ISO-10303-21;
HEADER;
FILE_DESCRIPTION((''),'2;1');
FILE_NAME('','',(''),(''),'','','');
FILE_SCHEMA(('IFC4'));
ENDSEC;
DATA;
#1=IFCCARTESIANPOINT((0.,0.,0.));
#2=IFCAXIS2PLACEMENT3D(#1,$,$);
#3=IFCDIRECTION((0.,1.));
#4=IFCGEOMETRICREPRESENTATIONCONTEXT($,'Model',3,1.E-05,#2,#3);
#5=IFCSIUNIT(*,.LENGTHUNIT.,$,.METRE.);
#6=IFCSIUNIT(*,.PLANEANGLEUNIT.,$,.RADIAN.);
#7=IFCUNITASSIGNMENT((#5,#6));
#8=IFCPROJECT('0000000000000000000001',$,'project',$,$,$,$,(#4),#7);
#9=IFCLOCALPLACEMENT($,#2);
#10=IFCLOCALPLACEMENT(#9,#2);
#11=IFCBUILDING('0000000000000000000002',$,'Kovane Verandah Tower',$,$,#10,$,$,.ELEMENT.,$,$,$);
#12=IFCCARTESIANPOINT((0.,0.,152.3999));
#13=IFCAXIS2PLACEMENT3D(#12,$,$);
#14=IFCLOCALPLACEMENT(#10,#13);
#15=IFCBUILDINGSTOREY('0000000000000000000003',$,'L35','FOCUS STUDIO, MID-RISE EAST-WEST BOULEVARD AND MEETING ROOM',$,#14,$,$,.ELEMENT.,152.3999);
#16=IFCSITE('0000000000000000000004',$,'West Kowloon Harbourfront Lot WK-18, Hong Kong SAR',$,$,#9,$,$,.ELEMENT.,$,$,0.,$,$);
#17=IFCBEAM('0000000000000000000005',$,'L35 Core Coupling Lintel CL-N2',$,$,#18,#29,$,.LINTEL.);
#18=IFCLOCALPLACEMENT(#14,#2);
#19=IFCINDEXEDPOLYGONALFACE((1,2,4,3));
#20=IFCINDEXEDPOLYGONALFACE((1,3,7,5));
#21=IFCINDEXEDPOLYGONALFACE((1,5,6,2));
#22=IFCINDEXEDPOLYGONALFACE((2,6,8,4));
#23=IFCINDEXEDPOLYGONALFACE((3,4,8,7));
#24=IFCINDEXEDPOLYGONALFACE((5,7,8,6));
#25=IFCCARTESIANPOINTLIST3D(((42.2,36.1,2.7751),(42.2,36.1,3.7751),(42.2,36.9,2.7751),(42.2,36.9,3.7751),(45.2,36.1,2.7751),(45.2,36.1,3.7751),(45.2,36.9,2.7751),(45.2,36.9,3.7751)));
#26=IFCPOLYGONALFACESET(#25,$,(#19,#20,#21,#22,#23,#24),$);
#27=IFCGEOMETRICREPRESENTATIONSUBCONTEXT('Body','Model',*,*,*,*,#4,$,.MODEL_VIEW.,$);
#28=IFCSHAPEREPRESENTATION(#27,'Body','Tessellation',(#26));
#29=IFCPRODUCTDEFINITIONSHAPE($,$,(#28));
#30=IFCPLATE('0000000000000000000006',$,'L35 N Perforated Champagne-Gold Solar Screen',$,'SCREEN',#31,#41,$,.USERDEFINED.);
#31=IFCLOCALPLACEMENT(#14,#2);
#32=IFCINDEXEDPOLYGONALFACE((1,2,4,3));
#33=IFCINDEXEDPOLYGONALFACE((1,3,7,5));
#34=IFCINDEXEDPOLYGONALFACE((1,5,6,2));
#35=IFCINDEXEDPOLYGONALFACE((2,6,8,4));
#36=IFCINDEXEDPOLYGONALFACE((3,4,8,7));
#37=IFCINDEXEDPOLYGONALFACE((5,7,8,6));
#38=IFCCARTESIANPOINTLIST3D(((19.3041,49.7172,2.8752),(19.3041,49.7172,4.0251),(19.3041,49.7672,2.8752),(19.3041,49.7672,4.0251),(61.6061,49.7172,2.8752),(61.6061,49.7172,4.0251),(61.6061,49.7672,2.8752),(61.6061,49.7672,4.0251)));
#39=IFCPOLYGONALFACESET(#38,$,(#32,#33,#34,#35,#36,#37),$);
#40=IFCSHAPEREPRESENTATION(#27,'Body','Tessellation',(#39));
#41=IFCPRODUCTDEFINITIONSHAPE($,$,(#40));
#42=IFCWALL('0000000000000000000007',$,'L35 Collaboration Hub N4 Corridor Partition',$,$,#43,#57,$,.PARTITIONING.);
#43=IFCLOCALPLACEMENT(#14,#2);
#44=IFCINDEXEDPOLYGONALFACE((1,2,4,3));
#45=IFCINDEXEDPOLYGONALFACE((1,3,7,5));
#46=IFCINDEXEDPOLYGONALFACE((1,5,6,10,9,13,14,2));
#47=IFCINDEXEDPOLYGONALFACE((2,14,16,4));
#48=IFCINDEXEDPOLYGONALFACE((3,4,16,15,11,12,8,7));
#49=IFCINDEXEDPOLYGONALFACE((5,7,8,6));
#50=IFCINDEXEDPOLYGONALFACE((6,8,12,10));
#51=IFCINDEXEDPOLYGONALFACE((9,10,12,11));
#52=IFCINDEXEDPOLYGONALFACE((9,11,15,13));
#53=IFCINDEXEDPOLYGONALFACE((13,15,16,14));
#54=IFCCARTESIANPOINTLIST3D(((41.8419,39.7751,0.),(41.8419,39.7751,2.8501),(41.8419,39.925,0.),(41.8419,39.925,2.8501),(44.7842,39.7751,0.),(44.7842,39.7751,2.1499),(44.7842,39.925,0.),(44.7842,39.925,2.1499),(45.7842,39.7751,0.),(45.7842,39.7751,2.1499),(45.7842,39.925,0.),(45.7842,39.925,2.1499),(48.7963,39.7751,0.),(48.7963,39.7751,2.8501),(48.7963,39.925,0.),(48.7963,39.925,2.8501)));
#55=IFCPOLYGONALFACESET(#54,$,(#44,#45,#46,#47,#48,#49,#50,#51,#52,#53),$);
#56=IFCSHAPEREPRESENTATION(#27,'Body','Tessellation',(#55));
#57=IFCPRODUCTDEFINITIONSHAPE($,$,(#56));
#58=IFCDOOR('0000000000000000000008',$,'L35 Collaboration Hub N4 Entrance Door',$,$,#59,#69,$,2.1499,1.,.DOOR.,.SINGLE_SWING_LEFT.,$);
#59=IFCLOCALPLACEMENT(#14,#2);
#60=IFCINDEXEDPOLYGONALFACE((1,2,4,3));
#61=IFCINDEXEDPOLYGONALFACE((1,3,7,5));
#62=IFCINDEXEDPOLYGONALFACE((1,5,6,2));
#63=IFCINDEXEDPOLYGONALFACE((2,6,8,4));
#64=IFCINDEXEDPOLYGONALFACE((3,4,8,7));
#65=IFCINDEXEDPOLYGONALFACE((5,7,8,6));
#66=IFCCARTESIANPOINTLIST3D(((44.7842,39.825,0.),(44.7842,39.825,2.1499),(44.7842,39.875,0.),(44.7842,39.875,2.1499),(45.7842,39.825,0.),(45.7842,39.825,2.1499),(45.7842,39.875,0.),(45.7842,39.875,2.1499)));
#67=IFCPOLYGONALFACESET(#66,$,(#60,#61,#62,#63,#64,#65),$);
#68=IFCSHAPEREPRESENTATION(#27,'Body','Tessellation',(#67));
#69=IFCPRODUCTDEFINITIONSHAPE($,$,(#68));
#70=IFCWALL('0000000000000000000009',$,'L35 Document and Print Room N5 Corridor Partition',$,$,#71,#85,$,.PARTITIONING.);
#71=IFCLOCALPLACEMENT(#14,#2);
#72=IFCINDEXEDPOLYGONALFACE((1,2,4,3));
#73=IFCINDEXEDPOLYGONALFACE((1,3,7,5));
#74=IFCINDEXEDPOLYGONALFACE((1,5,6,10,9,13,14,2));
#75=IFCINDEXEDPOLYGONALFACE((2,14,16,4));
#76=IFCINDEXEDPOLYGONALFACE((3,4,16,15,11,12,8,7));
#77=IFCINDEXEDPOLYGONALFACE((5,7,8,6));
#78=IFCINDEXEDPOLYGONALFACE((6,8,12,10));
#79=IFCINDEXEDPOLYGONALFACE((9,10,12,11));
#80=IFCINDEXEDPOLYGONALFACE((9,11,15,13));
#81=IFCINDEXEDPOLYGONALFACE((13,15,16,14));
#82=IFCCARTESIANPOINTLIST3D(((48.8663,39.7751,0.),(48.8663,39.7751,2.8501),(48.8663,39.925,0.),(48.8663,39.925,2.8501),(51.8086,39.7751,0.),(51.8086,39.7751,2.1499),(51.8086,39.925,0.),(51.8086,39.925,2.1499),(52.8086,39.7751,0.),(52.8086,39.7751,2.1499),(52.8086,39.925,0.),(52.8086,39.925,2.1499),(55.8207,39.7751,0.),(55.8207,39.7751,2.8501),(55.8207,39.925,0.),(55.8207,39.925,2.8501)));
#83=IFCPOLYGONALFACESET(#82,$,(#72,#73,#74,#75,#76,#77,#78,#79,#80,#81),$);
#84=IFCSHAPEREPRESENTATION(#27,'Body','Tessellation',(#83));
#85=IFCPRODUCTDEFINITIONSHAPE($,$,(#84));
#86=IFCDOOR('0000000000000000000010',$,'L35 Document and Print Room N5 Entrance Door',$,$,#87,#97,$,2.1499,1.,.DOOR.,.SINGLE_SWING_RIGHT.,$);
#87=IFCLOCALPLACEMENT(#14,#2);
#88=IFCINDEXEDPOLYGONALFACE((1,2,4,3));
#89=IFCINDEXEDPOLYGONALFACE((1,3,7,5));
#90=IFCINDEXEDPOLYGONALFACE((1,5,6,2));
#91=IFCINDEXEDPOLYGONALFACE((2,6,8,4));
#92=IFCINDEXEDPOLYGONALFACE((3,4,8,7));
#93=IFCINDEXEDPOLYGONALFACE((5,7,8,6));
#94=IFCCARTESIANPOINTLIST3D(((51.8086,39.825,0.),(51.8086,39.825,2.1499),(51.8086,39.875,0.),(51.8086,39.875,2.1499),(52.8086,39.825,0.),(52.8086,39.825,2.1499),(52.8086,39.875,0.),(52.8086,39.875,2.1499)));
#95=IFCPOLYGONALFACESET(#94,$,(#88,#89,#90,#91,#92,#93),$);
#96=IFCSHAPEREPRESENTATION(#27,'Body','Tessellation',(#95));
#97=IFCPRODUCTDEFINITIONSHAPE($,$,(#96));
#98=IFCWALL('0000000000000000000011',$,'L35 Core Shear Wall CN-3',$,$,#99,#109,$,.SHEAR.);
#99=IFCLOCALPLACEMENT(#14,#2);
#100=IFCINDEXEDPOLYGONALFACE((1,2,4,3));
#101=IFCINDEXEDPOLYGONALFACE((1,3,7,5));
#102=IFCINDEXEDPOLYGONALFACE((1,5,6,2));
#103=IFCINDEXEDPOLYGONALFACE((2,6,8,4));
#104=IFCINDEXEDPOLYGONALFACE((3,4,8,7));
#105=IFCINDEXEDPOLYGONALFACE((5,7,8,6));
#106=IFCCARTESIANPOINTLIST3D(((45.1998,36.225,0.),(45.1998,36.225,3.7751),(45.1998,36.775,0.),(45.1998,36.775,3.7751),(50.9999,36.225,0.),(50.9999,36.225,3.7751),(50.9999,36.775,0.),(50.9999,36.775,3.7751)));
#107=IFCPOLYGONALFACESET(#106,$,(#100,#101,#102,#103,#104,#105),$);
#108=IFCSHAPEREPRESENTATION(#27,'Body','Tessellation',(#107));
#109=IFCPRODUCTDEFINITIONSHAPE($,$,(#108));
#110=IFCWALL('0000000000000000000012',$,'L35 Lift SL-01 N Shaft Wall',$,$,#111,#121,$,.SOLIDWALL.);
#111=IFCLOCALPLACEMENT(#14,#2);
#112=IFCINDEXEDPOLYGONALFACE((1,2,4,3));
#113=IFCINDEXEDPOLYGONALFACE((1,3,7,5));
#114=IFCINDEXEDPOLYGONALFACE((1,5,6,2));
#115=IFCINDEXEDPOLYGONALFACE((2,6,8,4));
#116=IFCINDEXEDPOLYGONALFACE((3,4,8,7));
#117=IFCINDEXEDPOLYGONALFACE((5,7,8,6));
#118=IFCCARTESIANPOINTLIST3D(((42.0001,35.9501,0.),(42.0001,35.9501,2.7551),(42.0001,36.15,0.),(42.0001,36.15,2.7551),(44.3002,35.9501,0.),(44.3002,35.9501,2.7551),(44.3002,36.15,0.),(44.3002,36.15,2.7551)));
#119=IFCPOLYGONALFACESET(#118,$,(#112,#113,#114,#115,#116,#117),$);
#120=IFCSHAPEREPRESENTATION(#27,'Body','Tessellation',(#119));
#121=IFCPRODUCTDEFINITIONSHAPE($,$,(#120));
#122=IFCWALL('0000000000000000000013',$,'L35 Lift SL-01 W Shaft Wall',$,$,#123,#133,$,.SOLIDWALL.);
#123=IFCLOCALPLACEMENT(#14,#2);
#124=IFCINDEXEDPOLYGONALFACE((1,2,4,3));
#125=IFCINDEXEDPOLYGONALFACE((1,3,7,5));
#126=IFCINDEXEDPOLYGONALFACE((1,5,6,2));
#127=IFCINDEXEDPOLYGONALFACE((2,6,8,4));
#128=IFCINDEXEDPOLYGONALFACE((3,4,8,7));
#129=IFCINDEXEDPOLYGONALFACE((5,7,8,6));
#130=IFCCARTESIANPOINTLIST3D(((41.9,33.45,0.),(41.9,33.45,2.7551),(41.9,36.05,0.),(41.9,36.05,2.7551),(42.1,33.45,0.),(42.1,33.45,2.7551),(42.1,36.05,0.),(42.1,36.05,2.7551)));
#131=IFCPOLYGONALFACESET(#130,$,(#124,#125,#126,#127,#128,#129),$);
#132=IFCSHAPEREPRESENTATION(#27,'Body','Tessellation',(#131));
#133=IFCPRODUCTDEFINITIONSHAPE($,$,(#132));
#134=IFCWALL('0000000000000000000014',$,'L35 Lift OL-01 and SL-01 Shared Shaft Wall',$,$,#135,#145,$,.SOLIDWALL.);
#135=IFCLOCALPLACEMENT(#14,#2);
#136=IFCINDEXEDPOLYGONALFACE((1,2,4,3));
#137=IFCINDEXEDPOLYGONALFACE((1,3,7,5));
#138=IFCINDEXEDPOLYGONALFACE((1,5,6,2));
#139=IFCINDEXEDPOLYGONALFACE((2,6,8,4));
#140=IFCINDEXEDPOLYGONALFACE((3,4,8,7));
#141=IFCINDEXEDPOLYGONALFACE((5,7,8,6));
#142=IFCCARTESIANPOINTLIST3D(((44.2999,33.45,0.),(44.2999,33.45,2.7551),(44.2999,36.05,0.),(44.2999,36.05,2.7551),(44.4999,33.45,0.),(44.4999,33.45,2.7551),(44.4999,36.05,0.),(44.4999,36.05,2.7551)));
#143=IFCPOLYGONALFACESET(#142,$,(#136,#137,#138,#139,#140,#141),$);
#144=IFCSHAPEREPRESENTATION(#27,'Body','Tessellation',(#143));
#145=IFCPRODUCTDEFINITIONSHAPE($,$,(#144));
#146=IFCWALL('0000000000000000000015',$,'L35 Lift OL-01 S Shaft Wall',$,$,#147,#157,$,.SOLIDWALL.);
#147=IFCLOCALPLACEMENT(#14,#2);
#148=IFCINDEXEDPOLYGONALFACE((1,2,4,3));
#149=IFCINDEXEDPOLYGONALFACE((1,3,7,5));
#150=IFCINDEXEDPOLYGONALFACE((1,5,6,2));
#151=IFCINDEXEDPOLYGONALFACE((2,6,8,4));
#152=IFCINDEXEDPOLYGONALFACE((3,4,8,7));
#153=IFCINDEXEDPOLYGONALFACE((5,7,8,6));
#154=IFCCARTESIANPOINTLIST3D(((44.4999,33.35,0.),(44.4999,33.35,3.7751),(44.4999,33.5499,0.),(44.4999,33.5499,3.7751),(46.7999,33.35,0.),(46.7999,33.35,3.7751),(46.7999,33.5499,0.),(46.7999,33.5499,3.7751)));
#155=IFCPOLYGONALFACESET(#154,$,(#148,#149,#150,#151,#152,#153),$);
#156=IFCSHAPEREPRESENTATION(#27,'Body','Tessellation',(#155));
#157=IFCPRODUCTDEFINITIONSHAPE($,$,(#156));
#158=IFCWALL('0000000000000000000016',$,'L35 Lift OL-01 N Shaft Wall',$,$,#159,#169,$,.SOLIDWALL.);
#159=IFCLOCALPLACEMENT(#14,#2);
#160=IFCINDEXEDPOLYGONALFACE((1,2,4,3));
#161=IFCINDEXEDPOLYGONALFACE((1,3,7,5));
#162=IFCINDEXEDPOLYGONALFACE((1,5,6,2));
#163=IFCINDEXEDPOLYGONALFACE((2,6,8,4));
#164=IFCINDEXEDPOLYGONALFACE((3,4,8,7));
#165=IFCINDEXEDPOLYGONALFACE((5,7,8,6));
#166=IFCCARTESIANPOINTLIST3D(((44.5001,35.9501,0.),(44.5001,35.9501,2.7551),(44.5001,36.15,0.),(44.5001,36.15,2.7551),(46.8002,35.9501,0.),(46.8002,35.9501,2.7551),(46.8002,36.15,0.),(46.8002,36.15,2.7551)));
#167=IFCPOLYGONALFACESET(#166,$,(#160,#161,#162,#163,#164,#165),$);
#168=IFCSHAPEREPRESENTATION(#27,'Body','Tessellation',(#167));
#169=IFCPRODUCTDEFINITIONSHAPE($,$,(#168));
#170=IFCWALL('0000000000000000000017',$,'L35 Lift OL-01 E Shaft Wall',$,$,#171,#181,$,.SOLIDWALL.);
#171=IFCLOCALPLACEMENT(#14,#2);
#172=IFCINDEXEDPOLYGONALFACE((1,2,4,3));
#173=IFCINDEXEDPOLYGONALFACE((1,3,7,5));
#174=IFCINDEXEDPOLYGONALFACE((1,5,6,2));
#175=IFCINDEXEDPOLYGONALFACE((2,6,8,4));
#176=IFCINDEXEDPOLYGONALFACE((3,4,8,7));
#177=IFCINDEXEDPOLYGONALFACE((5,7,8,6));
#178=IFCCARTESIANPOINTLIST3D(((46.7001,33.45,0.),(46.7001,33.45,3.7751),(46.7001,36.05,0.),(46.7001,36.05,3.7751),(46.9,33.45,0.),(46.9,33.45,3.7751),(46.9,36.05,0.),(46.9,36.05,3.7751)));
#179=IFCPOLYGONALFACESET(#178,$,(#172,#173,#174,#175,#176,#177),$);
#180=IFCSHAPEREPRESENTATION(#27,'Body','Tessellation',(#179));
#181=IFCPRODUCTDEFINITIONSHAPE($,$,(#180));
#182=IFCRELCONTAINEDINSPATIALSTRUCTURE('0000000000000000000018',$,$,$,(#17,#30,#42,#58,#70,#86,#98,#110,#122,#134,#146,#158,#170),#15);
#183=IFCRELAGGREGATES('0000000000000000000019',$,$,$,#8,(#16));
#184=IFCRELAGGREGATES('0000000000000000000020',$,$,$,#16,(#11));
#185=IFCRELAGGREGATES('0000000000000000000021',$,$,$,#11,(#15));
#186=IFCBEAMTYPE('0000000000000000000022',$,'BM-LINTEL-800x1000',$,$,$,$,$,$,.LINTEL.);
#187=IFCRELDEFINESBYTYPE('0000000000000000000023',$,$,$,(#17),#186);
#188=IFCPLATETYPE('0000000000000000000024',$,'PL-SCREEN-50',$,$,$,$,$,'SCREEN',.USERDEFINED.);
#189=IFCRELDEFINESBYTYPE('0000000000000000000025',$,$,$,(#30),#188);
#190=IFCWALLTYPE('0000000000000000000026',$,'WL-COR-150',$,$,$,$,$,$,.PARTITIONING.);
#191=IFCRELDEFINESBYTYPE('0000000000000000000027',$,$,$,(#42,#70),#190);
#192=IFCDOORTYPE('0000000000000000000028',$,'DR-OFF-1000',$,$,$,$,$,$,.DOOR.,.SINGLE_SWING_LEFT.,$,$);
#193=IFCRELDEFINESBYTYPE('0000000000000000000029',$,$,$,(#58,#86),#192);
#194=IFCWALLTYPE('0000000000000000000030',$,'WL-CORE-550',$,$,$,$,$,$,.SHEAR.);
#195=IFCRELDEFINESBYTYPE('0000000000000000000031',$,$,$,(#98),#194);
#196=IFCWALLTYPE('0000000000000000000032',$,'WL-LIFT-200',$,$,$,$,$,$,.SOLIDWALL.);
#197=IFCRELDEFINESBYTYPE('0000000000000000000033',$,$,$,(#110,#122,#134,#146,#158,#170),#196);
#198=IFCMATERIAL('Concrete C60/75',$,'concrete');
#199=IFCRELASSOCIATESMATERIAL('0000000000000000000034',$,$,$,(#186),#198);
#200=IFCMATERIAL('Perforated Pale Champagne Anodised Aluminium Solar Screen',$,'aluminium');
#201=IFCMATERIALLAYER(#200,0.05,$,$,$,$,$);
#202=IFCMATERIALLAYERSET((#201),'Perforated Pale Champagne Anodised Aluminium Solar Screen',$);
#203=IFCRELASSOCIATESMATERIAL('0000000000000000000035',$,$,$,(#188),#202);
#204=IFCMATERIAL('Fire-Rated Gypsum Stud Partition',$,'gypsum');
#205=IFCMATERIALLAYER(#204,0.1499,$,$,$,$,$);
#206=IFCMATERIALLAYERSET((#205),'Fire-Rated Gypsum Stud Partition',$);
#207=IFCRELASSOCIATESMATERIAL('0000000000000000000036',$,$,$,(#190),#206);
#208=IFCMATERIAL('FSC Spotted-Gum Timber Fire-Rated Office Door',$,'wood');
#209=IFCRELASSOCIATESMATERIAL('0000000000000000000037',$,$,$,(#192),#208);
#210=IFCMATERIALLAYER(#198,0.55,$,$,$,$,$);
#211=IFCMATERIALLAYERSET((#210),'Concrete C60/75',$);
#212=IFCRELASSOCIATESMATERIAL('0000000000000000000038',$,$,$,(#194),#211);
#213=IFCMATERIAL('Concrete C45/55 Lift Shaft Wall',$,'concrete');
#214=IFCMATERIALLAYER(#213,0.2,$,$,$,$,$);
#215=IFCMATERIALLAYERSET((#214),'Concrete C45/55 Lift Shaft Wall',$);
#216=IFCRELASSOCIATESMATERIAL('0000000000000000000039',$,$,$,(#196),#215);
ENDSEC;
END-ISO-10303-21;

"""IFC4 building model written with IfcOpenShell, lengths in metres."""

from ifc_helpers import new_model, si_unit, direction, frame, frame_2d, origin, origin_2d, place, context, subcontext, project, spatial, rectangle, extrude, material, layer, layer_set, material_profile, profile_set, type_object, element, fill, save


model = new_model("IFC4")

# Units and contexts
model_context = context("Model", 3, precision=1e-05, world=origin(), true_north=direction((0.0, 1.0)))
body_context = subcontext(model_context, "Body", "Model", "MODEL_VIEW")
ifc_project = project(units=[si_unit("LENGTHUNIT", "METRE"), si_unit("PLANEANGLEUNIT", "RADIAN")], contexts=[model_context])

# Site, building, storey
site_placement = place(None, origin())
site = spatial("IfcSite", under=ifc_project, at=site_placement, Name="West Kowloon Harbourfront Lot WK-18, Hong Kong SAR", CompositionType="ELEMENT", RefElevation=0.0)
building_placement = place(site_placement, origin())
building = spatial("IfcBuilding", under=site, at=building_placement, Name="Kovane Verandah Tower", CompositionType="ELEMENT")
storey_placement = place(building_placement, frame((0.0, 0.0, 152.3999)))
storey = spatial("IfcBuildingStorey", under=building, at=storey_placement, Name="L35", Description="FOCUS STUDIO, MID-RISE EAST-WEST BOULEVARD AND MEETING ROOM", CompositionType="ELEMENT", Elevation=152.3999)

# Beam
ifc_material_1 = material(Name="Concrete C60/75", Category="concrete")
ifc_material_profile = material_profile(ifc_material_1, rectangle(XDim=0.8, YDim=1.0, at=origin_2d()), Name="RCB800x1000")
ifc_profile_set = profile_set([ifc_material_profile], Name="Concrete C60/75")
beam_type = type_object("IfcBeamType", Name="BM-LINTEL-800x1000", PredefinedType="LINTEL", material=ifc_profile_set)
beam_placement = place(storey_placement, frame((42.2, 36.5, 3.2751), z_axis=(1.0, 0.0, 0.0), x_axis=(0.0, 1.0, 0.0)))
element("IfcBeam", 1, at=beam_placement, inside=storey, type_object=beam_type, Name="L35 Core Coupling Lintel CL-N2", PredefinedType="LINTEL", context=body_context, shape_type="SweptSolid", body=[
    extrude(rectangle(XDim=0.8, YDim=1.0, at=origin_2d()), origin(), (0.0, 0.0, 1.0), 3.0),
])

# Plate
ifc_material_2 = material(Name="Perforated Pale Champagne Anodised Aluminium Solar Screen", Category="aluminium")
ifc_layer_1 = layer(ifc_material_2, 0.05)
ifc_layer_set_1 = layer_set([ifc_layer_1], Name="Perforated Pale Champagne Anodised Aluminium Solar Screen")
plate_type = type_object("IfcPlateType", Name="PL-SCREEN-50", ElementType="SCREEN", PredefinedType="USERDEFINED", material=ifc_layer_set_1)
plate_placement = place(storey_placement, frame((40.4551, 49.7422, 2.8752), z_axis=(0.0, 0.0, 1.0), x_axis=(-1.0, 0.0, 0.0)))
element("IfcPlate", 2, at=plate_placement, inside=storey, type_object=plate_type, Name="L35 N Perforated Champagne-Gold Solar Screen", ObjectType="SCREEN", PredefinedType="USERDEFINED", context=body_context, shape_type="SweptSolid", body=[
    extrude(rectangle(XDim=42.302, YDim=0.05, at=origin_2d()), origin(), (0.0, 0.0, 1.0), 1.1499),
])

# Walls, openings, doors
ifc_material_3 = material(Name="Fire-Rated Gypsum Stud Partition", Category="gypsum")
ifc_layer_2 = layer(ifc_material_3, 0.1499)
ifc_layer_set_2 = layer_set([ifc_layer_2], Name="Fire-Rated Gypsum Stud Partition")
wall_type_1 = type_object("IfcWallType", Name="WL-COR-150", PredefinedType="PARTITIONING", material=ifc_layer_set_2)
wall_1_placement = place(storey_placement, frame((41.842, 39.8501, 0.0), z_axis=(0.0, 0.0, 1.0), x_axis=(1.0, 0.0, 0.0)))
wall_1 = element("IfcWall", 3, at=wall_1_placement, inside=storey, type_object=wall_type_1, Name="L35 Collaboration Hub N4 Corridor Partition", PredefinedType="PARTITIONING", context=body_context, shape_type="SweptSolid", body=[
    extrude(rectangle(XDim=6.9543, YDim=0.1499, at=frame_2d((3.4771, 0.0))), origin(), (0.0, 0.0, 1.0), 2.8501),
])
opening_1_placement = place(wall_1_placement, frame((2.9421, 0.0, 0.0)))
opening_1 = element("IfcOpeningElement", 4, at=opening_1_placement, cuts=wall_1, PredefinedType="OPENING", context=body_context, shape_type="SweptSolid", body=[
    extrude(rectangle(XDim=1.0, YDim=2.1499, at=frame_2d((0.5, 1.075))), frame((0.0, 0.075, 0.0), z_axis=(0.0, -1.0, 0.0), x_axis=(1.0, 0.0, 0.0)), (0.0, 0.0, 1.0), 0.1499),
])
ifc_material_4 = material(Name="FSC Spotted-Gum Timber Fire-Rated Office Door", Category="wood")
door_type_1 = type_object("IfcDoorType", Name="DR-OFF-1000", OperationType="SINGLE_SWING_LEFT", PredefinedType="DOOR", material=ifc_material_4)
door_1_placement = place(opening_1_placement, origin())
door_1 = element("IfcDoor", 5, at=door_1_placement, inside=storey, type_object=door_type_1, Name="L35 Collaboration Hub N4 Entrance Door", OperationType="SINGLE_SWING_LEFT", OverallHeight=2.1499, OverallWidth=1.0, PredefinedType="DOOR", context=body_context, shape_type="SweptSolid", body=[
    extrude(rectangle(XDim=1.0, YDim=2.1499, at=frame_2d((0.5, 1.075))), frame((0.0, 0.0249, 0.0), z_axis=(0.0, -1.0, 0.0), x_axis=(1.0, 0.0, 0.0)), (0.0, 0.0, 1.0), 0.05),
])
fill(opening_1, door_1)
wall_2_placement = place(storey_placement, frame((48.8665, 39.8501, 0.0), z_axis=(0.0, 0.0, 1.0), x_axis=(1.0, 0.0, 0.0)))
wall_2 = element("IfcWall", 6, at=wall_2_placement, inside=storey, type_object=wall_type_1, Name="L35 Document and Print Room N5 Corridor Partition", PredefinedType="PARTITIONING", context=body_context, shape_type="SweptSolid", body=[
    extrude(rectangle(XDim=6.9543, YDim=0.1499, at=frame_2d((3.4771, 0.0))), origin(), (0.0, 0.0, 1.0), 2.8501),
])
opening_2_placement = place(wall_2_placement, frame((2.9421, 0.0, 0.0)))
opening_2 = element("IfcOpeningElement", 7, at=opening_2_placement, cuts=wall_2, PredefinedType="OPENING", context=body_context, shape_type="SweptSolid", body=[
    extrude(rectangle(XDim=1.0, YDim=2.1499, at=frame_2d((0.5, 1.075))), frame((0.0, 0.075, 0.0), z_axis=(0.0, -1.0, 0.0), x_axis=(1.0, 0.0, 0.0)), (0.0, 0.0, 1.0), 0.1499),
])
door_2_placement = place(opening_2_placement, origin())
door_2 = element("IfcDoor", 8, at=door_2_placement, inside=storey, type_object=door_type_1, Name="L35 Document and Print Room N5 Entrance Door", OperationType="SINGLE_SWING_RIGHT", OverallHeight=2.1499, OverallWidth=1.0, PredefinedType="DOOR", context=body_context, shape_type="SweptSolid", body=[
    extrude(rectangle(XDim=1.0, YDim=2.1499, at=frame_2d((0.5, 1.075))), frame((0.0, 0.0249, 0.0), z_axis=(0.0, -1.0, 0.0), x_axis=(1.0, 0.0, 0.0)), (0.0, 0.0, 1.0), 0.05),
])
fill(opening_2, door_2)
ifc_layer_3 = layer(ifc_material_1, 0.55)
ifc_layer_set_3 = layer_set([ifc_layer_3], Name="Concrete C60/75")
wall_type_2 = type_object("IfcWallType", Name="WL-CORE-550", PredefinedType="SHEAR", material=ifc_layer_set_3)

# Walls
wall_3_placement = place(storey_placement, frame((45.2, 36.5, 0.0), z_axis=(0.0, 0.0, 1.0), x_axis=(1.0, 0.0, 0.0)))
element("IfcWall", 9, at=wall_3_placement, inside=storey, type_object=wall_type_2, Name="L35 Core Shear Wall CN-3", PredefinedType="SHEAR", context=body_context, shape_type="SweptSolid", body=[
    extrude(rectangle(XDim=5.8, YDim=0.55, at=frame_2d((2.8999, 0.0))), origin(), (0.0, 0.0, 1.0), 3.7751),
])
ifc_material_5 = material(Name="Concrete C45/55 Lift Shaft Wall", Category="concrete")
ifc_layer_4 = layer(ifc_material_5, 0.2)
ifc_layer_set_4 = layer_set([ifc_layer_4], Name="Concrete C45/55 Lift Shaft Wall")
wall_type_3 = type_object("IfcWallType", Name="WL-LIFT-200", PredefinedType="SOLIDWALL", material=ifc_layer_set_4)
wall_4_placement = place(storey_placement, frame((44.3, 36.05, 0.0), z_axis=(0.0, 0.0, 1.0), x_axis=(-1.0, 0.0, 0.0)))
element("IfcWall", 10, at=wall_4_placement, inside=storey, type_object=wall_type_3, Name="L35 Lift SL-01 N Shaft Wall", PredefinedType="SOLIDWALL", context=body_context, shape_type="SweptSolid", body=[
    extrude(rectangle(XDim=2.3, YDim=0.2, at=frame_2d((1.1499, 0.0))), origin(), (0.0, 0.0, 1.0), 2.7551),
])
for number, where, z_axis, x_axis, name in (
    (11, (42.0, 36.05, 0.0), (0.0, 0.0, 1.0), (0.0, -1.0, 0.0), "L35 Lift SL-01 W Shaft Wall"),
    (12, (44.3999, 33.45, 0.0), (0.0, 0.0, 1.0), (0.0, 1.0, 0.0), "L35 Lift OL-01 and SL-01 Shared Shaft Wall"),
):
    element("IfcWall", number, at=place(storey_placement, frame(where, z_axis=z_axis, x_axis=x_axis)), inside=storey, type_object=wall_type_3, Name=name, PredefinedType="SOLIDWALL", context=body_context, shape_type="SweptSolid", body=[
        extrude(rectangle(XDim=2.6001, YDim=0.2, at=frame_2d((1.3, 0.0))), origin(), (0.0, 0.0, 1.0), 2.7551),
    ])
wall_5_placement = place(storey_placement, frame((44.5, 33.45, 0.0), z_axis=(0.0, 0.0, 1.0), x_axis=(1.0, 0.0, 0.0)))
element("IfcWall", 13, at=wall_5_placement, inside=storey, type_object=wall_type_3, Name="L35 Lift OL-01 S Shaft Wall", PredefinedType="SOLIDWALL", context=body_context, shape_type="SweptSolid", body=[
    extrude(rectangle(XDim=2.3, YDim=0.2, at=frame_2d((1.1499, 0.0))), origin(), (0.0, 0.0, 1.0), 3.7751),
])
wall_6_placement = place(storey_placement, frame((46.8, 36.05, 0.0), z_axis=(0.0, 0.0, 1.0), x_axis=(-1.0, 0.0, 0.0)))
element("IfcWall", 14, at=wall_6_placement, inside=storey, type_object=wall_type_3, Name="L35 Lift OL-01 N Shaft Wall", PredefinedType="SOLIDWALL", context=body_context, shape_type="SweptSolid", body=[
    extrude(rectangle(XDim=2.3, YDim=0.2, at=frame_2d((1.1499, 0.0))), origin(), (0.0, 0.0, 1.0), 2.7551),
])
wall_7_placement = place(storey_placement, frame((46.8, 33.45, 0.0), z_axis=(0.0, 0.0, 1.0), x_axis=(0.0, 1.0, 0.0)))
element("IfcWall", 15, at=wall_7_placement, inside=storey, type_object=wall_type_3, Name="L35 Lift OL-01 E Shaft Wall", PredefinedType="SOLIDWALL", context=body_context, shape_type="SweptSolid", body=[
    extrude(rectangle(XDim=2.6001, YDim=0.2, at=frame_2d((1.3, 0.0))), origin(), (0.0, 0.0, 1.0), 3.7751),
])

save(model, "model.ifc")
